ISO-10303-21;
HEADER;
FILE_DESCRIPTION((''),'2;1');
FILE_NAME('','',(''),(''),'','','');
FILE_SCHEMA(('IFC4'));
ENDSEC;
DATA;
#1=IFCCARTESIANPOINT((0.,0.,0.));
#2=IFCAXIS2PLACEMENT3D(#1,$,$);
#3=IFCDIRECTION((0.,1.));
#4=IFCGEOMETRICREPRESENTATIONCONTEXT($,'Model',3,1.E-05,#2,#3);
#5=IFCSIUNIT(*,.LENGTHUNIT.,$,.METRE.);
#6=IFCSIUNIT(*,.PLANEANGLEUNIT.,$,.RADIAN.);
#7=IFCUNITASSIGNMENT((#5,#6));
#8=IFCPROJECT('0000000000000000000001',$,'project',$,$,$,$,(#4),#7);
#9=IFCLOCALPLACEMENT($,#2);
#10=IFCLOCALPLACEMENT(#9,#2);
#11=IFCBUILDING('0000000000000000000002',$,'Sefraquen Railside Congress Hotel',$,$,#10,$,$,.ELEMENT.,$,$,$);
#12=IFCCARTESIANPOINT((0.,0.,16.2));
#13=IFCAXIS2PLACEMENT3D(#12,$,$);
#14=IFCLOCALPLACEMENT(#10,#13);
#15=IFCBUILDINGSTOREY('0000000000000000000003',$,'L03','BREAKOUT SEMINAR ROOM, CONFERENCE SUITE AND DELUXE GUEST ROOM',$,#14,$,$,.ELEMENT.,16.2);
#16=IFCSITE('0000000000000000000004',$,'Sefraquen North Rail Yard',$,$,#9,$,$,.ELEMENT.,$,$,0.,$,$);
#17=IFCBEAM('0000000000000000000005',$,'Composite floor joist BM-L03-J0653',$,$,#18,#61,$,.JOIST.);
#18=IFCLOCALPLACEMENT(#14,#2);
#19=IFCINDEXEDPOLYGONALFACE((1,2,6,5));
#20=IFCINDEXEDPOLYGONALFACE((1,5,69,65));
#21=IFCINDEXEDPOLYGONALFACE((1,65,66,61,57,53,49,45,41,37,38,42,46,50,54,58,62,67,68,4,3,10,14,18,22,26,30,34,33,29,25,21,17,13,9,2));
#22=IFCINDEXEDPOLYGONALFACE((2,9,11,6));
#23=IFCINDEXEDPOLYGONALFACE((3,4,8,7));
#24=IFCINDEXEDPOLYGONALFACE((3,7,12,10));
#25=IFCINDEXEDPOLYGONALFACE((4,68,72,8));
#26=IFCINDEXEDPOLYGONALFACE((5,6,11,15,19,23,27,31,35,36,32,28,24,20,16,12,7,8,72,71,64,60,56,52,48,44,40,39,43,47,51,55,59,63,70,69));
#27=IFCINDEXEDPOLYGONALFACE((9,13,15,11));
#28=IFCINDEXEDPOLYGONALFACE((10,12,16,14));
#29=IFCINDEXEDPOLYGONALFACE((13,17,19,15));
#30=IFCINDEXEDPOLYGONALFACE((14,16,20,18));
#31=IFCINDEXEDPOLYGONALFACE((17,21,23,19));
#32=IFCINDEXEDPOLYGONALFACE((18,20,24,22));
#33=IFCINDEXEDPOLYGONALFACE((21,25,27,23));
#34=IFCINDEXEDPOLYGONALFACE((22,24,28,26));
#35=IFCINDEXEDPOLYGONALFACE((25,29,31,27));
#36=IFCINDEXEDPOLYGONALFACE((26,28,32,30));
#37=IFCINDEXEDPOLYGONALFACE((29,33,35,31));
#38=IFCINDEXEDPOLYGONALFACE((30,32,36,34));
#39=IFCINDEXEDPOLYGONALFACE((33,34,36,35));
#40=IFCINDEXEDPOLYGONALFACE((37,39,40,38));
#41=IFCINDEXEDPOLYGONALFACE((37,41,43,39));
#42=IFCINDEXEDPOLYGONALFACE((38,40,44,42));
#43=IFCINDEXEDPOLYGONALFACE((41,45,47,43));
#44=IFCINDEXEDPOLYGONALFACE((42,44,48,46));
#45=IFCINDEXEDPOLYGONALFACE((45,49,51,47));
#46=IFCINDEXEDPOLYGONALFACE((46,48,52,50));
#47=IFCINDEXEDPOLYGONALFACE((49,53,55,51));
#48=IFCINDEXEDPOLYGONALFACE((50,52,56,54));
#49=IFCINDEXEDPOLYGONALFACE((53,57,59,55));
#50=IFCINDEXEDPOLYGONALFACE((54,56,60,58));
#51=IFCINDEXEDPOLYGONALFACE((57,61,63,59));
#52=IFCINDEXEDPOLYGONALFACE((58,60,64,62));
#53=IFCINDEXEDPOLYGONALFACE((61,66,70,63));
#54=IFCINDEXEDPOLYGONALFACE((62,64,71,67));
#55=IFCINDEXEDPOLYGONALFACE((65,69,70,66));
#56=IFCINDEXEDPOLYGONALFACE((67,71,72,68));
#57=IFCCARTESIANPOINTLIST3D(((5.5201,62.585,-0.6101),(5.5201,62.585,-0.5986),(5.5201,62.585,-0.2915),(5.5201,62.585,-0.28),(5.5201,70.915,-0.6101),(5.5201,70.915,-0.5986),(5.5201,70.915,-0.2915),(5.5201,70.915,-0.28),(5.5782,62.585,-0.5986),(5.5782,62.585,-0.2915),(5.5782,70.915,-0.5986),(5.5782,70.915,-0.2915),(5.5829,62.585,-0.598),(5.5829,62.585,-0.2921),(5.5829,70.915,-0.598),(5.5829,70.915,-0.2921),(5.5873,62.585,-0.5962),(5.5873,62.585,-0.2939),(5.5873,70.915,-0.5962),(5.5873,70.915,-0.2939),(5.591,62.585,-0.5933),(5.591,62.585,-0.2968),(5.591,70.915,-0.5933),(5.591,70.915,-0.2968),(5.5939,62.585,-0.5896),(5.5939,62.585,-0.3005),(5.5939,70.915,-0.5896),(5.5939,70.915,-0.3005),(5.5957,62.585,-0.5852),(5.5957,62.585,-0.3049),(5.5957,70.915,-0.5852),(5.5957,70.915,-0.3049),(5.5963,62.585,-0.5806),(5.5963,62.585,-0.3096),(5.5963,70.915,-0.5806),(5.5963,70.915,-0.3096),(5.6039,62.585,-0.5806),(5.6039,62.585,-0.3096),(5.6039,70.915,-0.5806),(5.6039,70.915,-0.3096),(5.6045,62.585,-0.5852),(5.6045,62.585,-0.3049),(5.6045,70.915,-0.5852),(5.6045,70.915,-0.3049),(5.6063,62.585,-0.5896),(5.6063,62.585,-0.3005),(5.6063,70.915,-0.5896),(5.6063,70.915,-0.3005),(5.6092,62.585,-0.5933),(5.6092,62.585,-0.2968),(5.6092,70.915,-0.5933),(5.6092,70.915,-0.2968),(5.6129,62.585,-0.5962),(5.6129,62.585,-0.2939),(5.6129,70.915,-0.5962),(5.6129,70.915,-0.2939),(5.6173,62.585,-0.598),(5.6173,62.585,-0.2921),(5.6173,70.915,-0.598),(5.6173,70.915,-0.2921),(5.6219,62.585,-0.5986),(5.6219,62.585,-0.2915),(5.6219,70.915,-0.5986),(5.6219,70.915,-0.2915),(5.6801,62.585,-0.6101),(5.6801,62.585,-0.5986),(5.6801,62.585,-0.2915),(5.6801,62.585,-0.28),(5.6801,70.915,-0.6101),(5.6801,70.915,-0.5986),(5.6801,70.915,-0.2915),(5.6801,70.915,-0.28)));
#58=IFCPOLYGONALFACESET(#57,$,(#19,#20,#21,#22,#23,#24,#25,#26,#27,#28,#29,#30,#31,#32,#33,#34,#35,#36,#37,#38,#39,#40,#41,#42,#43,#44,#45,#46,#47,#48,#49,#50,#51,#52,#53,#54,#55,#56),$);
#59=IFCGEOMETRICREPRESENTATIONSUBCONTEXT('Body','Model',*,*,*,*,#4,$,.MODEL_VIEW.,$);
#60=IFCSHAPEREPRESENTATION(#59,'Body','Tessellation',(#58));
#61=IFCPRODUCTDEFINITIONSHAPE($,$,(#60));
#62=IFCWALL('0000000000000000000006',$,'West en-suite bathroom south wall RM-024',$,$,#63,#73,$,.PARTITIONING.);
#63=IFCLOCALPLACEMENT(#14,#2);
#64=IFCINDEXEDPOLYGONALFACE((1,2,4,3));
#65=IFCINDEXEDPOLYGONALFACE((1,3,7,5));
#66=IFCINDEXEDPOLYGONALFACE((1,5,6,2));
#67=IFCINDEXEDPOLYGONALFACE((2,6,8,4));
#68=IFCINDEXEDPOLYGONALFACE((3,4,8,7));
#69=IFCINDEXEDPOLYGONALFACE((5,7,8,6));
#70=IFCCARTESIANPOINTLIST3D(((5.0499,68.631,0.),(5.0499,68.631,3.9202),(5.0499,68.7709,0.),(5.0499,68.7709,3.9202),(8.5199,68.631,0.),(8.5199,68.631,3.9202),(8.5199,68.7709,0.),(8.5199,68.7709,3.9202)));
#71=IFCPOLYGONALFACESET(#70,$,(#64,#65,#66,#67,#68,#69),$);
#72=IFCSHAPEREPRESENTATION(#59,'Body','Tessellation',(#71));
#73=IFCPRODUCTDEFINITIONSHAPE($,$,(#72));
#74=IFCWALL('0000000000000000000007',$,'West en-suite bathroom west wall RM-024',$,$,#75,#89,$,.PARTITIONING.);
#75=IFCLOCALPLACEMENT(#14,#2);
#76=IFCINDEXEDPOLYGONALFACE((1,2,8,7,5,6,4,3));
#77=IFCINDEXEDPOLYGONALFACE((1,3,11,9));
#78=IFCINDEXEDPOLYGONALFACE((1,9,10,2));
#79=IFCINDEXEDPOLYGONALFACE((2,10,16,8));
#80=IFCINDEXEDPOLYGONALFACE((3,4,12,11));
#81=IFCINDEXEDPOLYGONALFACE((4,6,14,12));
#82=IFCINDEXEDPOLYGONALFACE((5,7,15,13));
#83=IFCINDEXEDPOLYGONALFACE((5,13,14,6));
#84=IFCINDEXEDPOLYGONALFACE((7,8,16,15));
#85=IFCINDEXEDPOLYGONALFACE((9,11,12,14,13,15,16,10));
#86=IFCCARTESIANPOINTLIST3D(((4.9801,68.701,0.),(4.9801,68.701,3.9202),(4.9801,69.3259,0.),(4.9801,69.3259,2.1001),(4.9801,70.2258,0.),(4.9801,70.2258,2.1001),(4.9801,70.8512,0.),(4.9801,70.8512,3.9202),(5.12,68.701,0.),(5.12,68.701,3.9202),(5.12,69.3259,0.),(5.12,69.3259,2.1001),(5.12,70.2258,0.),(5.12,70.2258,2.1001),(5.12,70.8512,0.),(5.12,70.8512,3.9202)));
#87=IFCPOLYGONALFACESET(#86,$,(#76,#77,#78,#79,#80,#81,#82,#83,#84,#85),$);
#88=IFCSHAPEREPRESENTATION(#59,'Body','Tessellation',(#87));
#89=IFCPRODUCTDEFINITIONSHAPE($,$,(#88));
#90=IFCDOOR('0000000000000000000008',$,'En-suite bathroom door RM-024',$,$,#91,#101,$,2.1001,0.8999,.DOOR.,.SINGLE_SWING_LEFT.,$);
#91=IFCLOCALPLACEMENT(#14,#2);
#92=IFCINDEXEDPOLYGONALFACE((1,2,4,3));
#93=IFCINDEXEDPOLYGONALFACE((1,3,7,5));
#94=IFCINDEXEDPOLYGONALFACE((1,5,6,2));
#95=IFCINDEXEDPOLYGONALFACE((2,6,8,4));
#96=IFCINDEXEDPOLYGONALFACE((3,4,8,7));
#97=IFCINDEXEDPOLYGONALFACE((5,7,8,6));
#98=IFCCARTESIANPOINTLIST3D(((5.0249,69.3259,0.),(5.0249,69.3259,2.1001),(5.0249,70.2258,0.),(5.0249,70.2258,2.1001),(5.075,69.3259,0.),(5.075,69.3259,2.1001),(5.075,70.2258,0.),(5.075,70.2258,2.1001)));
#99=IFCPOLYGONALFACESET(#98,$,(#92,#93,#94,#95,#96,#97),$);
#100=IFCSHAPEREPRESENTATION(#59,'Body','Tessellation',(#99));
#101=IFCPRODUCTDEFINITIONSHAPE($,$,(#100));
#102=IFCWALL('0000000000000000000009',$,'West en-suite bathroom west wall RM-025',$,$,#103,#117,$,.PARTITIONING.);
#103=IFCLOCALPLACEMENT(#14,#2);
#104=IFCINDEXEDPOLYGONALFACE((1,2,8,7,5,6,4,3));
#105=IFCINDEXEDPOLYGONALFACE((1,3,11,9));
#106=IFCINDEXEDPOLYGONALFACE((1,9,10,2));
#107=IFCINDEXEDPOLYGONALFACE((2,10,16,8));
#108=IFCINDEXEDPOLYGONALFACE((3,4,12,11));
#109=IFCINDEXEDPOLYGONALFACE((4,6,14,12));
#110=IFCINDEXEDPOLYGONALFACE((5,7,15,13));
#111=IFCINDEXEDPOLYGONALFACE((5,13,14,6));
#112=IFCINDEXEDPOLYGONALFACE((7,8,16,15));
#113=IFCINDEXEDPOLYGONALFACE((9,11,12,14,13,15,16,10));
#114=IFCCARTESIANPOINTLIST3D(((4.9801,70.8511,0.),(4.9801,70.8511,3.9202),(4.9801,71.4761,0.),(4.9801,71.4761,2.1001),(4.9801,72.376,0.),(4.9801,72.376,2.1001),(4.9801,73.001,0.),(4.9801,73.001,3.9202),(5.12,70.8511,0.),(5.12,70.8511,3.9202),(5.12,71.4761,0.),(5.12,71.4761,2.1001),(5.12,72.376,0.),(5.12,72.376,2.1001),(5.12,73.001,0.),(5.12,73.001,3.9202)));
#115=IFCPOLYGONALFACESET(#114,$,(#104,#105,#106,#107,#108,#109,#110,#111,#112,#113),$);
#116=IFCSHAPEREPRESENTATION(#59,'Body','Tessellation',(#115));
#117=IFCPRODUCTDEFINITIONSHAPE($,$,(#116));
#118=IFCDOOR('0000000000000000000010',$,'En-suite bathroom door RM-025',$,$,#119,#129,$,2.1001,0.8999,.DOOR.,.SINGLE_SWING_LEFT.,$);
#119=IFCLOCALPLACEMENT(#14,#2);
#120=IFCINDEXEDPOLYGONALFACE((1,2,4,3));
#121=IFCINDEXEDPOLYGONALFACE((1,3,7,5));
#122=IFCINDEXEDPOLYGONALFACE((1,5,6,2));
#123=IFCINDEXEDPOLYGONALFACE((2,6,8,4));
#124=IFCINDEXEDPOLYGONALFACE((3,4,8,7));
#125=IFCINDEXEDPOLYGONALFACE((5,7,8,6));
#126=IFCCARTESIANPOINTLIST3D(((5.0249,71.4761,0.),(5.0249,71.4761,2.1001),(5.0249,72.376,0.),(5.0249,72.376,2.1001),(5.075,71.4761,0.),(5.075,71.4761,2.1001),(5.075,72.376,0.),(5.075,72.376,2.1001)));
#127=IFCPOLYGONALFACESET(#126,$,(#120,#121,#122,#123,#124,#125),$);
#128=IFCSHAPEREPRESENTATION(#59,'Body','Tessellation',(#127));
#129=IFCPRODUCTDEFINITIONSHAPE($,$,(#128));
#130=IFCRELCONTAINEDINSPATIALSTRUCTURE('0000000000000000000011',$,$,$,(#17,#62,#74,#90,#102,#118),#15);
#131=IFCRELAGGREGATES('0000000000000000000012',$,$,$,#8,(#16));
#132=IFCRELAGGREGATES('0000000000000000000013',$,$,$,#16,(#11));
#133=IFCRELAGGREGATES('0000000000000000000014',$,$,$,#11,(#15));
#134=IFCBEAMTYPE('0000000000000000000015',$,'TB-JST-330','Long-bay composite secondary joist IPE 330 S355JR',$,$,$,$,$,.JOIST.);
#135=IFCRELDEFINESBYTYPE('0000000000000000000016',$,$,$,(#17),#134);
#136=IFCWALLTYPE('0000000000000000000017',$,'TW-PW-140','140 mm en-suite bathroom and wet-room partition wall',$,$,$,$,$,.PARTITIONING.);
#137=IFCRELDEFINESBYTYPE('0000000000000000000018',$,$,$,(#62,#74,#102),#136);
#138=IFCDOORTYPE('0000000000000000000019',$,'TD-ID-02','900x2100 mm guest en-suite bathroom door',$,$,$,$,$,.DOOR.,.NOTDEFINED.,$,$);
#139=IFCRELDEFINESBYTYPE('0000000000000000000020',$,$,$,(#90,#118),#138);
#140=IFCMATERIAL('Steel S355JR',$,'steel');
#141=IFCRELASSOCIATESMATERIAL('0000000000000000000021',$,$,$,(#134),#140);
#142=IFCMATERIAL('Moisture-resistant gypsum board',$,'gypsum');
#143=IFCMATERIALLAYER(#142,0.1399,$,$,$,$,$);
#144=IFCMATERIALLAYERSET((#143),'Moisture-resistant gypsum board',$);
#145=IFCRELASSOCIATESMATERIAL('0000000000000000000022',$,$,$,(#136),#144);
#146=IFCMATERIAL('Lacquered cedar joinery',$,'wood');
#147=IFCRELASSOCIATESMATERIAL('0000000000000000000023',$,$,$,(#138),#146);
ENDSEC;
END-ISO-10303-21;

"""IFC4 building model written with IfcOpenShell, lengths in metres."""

from ifc_helpers import new_model, si_unit, direction, frame, frame_2d, origin, origin_2d, place, context, subcontext, project, spatial, rectangle, i_section, extrude, material, layer, layer_set, material_profile, profile_set, type_object, element, fill, save


model = new_model("IFC4")

# Units and contexts
model_context = context("Model", 3, precision=1e-05, world=origin(), true_north=direction((0.0, 1.0)))
body_context = subcontext(model_context, "Body", "Model", "MODEL_VIEW")
ifc_project = project(units=[si_unit("LENGTHUNIT", "METRE"), si_unit("PLANEANGLEUNIT", "RADIAN")], contexts=[model_context])

# Site, building, storey
site_placement = place(None, origin())
site = spatial("IfcSite", under=ifc_project, at=site_placement, Name="Sefraquen North Rail Yard", CompositionType="ELEMENT", RefElevation=0.0)
building_placement = place(site_placement, origin())
building = spatial("IfcBuilding", under=site, at=building_placement, Name="Sefraquen Railside Congress Hotel", CompositionType="ELEMENT")
storey_placement = place(building_placement, frame((0.0, 0.0, 16.2)))
storey = spatial("IfcBuildingStorey", under=building, at=storey_placement, Name="L03", Description="BREAKOUT SEMINAR ROOM, CONFERENCE SUITE AND DELUXE GUEST ROOM", CompositionType="ELEMENT", Elevation=16.2)

# Shared definitions
ifc_material_1 = material(Name="Steel S355JR", Category="steel")

# Beam
ifc_material_profile_1 = material_profile(ifc_material_1, i_section(OverallWidth=0.1599, OverallDepth=0.3301, WebThickness=0.0076, FlangeThickness=0.0115, FilletRadius=0.0181, at=origin_2d()), Name="IPE 330")
ifc_profile_set_1 = profile_set([ifc_material_profile_1], Name="Steel S355JR")
beam_type_1 = type_object("IfcBeamType", Name="TB-JST-330", Description="Long-bay composite secondary joist IPE 330 S355JR", PredefinedType="JOIST", material=ifc_profile_set_1)
beam_1_placement = place(storey_placement, frame((5.6001, 62.585, -0.4451), z_axis=(0.0, 1.0, 0.0), x_axis=(-1.0, 0.0, 0.0)))
element("IfcBeam", 1, at=beam_1_placement, inside=storey, type_object=beam_type_1, Name="Composite floor joist BM-L03-J0653", PredefinedType="JOIST", context=body_context, shape_type="SweptSolid", body=[
    extrude(i_section(OverallWidth=0.1599, OverallDepth=0.3301, WebThickness=0.0076, FlangeThickness=0.0115, FilletRadius=0.0181, at=origin_2d()), origin(), (0.0, 0.0, 1.0), 8.3301),
])

# Wall
ifc_material_2 = material(Name="Moisture-resistant gypsum board", Category="gypsum")
ifc_layer = layer(ifc_material_2, 0.1399)
ifc_layer_set = layer_set([ifc_layer], Name="Moisture-resistant gypsum board")
wall_type = type_object("IfcWallType", Name="TW-PW-140", Description="140 mm en-suite bathroom and wet-room partition wall", PredefinedType="PARTITIONING", material=ifc_layer_set)
wall_1_placement = place(storey_placement, frame((5.05, 68.7009, 0.0), z_axis=(0.0, 0.0, 1.0), x_axis=(1.0, 0.0, 0.0)))
element("IfcWall", 2, at=wall_1_placement, inside=storey, type_object=wall_type, Name="West en-suite bathroom south wall RM-024", PredefinedType="PARTITIONING", context=body_context, shape_type="SweptSolid", body=[
    extrude(rectangle(XDim=3.47, YDim=0.1399, at=frame_2d((1.7349, 0.0))), origin(), (0.0, 0.0, 1.0), 3.9202),
])

# Walls, openings, doors
wall_2_placement = place(storey_placement, frame((5.05, 68.7009, 0.0), z_axis=(0.0, 0.0, 1.0), x_axis=(0.0, 1.0, 0.0)))
wall_2 = element("IfcWall", 3, at=wall_2_placement, inside=storey, type_object=wall_type, Name="West en-suite bathroom west wall RM-024", PredefinedType="PARTITIONING", context=body_context, shape_type="SweptSolid", body=[
    extrude(rectangle(XDim=2.1501, YDim=0.1399, at=frame_2d((1.0752, 0.0))), origin(), (0.0, 0.0, 1.0), 3.9202),
])
opening_1_placement = place(wall_2_placement, frame((0.625, 0.0, 0.0)))
opening_1 = element("IfcOpeningElement", 4, at=opening_1_placement, cuts=wall_2, PredefinedType="OPENING", context=body_context, shape_type="SweptSolid", body=[
    extrude(rectangle(XDim=0.8999, YDim=2.1001, at=frame_2d((0.45, 1.05))), frame((0.0, 0.0798, 0.0), z_axis=(0.0, -1.0, 0.0), x_axis=(1.0, 0.0, 0.0)), (0.0, 0.0, 1.0), 0.1599),
])
ifc_material_3 = material(Name="Lacquered cedar joinery", Category="wood")
door_type = type_object("IfcDoorType", Name="TD-ID-02", Description="900x2100 mm guest en-suite bathroom door", OperationType="NOTDEFINED", PredefinedType="DOOR", material=ifc_material_3)
door_1_placement = place(opening_1_placement, frame((0.8999, 0.0, 0.0), z_axis=(0.0, 0.0, 1.0), x_axis=(-1.0, 0.0, 0.0)))
door_1 = element("IfcDoor", 5, at=door_1_placement, inside=storey, type_object=door_type, Name="En-suite bathroom door RM-024", OperationType="SINGLE_SWING_LEFT", OverallHeight=2.1001, OverallWidth=0.8999, PredefinedType="DOOR", context=body_context, shape_type="SweptSolid", body=[
    extrude(rectangle(XDim=0.8999, YDim=2.1001, at=frame_2d((0.45, 1.05))), frame((0.0, 0.0249, 0.0), z_axis=(0.0, -1.0, 0.0), x_axis=(1.0, 0.0, 0.0)), (0.0, 0.0, 1.0), 0.05),
])
fill(opening_1, door_1)
wall_3_placement = place(storey_placement, frame((5.05, 70.8511, 0.0), z_axis=(0.0, 0.0, 1.0), x_axis=(0.0, 1.0, 0.0)))
wall_3 = element("IfcWall", 6, at=wall_3_placement, inside=storey, type_object=wall_type, Name="West en-suite bathroom west wall RM-025", PredefinedType="PARTITIONING", context=body_context, shape_type="SweptSolid", body=[
    extrude(rectangle(XDim=2.1499, YDim=0.1399, at=frame_2d((1.075, 0.0))), origin(), (0.0, 0.0, 1.0), 3.9202),
])
opening_2_placement = place(wall_3_placement, frame((0.625, 0.0, 0.0)))
opening_2 = element("IfcOpeningElement", 7, at=opening_2_placement, cuts=wall_3, PredefinedType="OPENING", context=body_context, shape_type="SweptSolid", body=[
    extrude(rectangle(XDim=0.8999, YDim=2.1001, at=frame_2d((0.45, 1.05))), frame((0.0, 0.0798, 0.0), z_axis=(0.0, -1.0, 0.0), x_axis=(1.0, 0.0, 0.0)), (0.0, 0.0, 1.0), 0.1599),
])
door_2_placement = place(opening_2_placement, frame((0.8999, 0.0, 0.0), z_axis=(0.0, 0.0, 1.0), x_axis=(-1.0, 0.0, 0.0)))
door_2 = element("IfcDoor", 8, at=door_2_placement, inside=storey, type_object=door_type, Name="En-suite bathroom door RM-025", OperationType="SINGLE_SWING_LEFT", OverallHeight=2.1001, OverallWidth=0.8999, PredefinedType="DOOR", context=body_context, shape_type="SweptSolid", body=[
    extrude(rectangle(XDim=0.8999, YDim=2.1001, at=frame_2d((0.45, 1.05))), frame((0.0, 0.0249, 0.0), z_axis=(0.0, -1.0, 0.0), x_axis=(1.0, 0.0, 0.0)), (0.0, 0.0, 1.0), 0.05),
])
fill(opening_2, door_2)

save(model, "model.ifc")
